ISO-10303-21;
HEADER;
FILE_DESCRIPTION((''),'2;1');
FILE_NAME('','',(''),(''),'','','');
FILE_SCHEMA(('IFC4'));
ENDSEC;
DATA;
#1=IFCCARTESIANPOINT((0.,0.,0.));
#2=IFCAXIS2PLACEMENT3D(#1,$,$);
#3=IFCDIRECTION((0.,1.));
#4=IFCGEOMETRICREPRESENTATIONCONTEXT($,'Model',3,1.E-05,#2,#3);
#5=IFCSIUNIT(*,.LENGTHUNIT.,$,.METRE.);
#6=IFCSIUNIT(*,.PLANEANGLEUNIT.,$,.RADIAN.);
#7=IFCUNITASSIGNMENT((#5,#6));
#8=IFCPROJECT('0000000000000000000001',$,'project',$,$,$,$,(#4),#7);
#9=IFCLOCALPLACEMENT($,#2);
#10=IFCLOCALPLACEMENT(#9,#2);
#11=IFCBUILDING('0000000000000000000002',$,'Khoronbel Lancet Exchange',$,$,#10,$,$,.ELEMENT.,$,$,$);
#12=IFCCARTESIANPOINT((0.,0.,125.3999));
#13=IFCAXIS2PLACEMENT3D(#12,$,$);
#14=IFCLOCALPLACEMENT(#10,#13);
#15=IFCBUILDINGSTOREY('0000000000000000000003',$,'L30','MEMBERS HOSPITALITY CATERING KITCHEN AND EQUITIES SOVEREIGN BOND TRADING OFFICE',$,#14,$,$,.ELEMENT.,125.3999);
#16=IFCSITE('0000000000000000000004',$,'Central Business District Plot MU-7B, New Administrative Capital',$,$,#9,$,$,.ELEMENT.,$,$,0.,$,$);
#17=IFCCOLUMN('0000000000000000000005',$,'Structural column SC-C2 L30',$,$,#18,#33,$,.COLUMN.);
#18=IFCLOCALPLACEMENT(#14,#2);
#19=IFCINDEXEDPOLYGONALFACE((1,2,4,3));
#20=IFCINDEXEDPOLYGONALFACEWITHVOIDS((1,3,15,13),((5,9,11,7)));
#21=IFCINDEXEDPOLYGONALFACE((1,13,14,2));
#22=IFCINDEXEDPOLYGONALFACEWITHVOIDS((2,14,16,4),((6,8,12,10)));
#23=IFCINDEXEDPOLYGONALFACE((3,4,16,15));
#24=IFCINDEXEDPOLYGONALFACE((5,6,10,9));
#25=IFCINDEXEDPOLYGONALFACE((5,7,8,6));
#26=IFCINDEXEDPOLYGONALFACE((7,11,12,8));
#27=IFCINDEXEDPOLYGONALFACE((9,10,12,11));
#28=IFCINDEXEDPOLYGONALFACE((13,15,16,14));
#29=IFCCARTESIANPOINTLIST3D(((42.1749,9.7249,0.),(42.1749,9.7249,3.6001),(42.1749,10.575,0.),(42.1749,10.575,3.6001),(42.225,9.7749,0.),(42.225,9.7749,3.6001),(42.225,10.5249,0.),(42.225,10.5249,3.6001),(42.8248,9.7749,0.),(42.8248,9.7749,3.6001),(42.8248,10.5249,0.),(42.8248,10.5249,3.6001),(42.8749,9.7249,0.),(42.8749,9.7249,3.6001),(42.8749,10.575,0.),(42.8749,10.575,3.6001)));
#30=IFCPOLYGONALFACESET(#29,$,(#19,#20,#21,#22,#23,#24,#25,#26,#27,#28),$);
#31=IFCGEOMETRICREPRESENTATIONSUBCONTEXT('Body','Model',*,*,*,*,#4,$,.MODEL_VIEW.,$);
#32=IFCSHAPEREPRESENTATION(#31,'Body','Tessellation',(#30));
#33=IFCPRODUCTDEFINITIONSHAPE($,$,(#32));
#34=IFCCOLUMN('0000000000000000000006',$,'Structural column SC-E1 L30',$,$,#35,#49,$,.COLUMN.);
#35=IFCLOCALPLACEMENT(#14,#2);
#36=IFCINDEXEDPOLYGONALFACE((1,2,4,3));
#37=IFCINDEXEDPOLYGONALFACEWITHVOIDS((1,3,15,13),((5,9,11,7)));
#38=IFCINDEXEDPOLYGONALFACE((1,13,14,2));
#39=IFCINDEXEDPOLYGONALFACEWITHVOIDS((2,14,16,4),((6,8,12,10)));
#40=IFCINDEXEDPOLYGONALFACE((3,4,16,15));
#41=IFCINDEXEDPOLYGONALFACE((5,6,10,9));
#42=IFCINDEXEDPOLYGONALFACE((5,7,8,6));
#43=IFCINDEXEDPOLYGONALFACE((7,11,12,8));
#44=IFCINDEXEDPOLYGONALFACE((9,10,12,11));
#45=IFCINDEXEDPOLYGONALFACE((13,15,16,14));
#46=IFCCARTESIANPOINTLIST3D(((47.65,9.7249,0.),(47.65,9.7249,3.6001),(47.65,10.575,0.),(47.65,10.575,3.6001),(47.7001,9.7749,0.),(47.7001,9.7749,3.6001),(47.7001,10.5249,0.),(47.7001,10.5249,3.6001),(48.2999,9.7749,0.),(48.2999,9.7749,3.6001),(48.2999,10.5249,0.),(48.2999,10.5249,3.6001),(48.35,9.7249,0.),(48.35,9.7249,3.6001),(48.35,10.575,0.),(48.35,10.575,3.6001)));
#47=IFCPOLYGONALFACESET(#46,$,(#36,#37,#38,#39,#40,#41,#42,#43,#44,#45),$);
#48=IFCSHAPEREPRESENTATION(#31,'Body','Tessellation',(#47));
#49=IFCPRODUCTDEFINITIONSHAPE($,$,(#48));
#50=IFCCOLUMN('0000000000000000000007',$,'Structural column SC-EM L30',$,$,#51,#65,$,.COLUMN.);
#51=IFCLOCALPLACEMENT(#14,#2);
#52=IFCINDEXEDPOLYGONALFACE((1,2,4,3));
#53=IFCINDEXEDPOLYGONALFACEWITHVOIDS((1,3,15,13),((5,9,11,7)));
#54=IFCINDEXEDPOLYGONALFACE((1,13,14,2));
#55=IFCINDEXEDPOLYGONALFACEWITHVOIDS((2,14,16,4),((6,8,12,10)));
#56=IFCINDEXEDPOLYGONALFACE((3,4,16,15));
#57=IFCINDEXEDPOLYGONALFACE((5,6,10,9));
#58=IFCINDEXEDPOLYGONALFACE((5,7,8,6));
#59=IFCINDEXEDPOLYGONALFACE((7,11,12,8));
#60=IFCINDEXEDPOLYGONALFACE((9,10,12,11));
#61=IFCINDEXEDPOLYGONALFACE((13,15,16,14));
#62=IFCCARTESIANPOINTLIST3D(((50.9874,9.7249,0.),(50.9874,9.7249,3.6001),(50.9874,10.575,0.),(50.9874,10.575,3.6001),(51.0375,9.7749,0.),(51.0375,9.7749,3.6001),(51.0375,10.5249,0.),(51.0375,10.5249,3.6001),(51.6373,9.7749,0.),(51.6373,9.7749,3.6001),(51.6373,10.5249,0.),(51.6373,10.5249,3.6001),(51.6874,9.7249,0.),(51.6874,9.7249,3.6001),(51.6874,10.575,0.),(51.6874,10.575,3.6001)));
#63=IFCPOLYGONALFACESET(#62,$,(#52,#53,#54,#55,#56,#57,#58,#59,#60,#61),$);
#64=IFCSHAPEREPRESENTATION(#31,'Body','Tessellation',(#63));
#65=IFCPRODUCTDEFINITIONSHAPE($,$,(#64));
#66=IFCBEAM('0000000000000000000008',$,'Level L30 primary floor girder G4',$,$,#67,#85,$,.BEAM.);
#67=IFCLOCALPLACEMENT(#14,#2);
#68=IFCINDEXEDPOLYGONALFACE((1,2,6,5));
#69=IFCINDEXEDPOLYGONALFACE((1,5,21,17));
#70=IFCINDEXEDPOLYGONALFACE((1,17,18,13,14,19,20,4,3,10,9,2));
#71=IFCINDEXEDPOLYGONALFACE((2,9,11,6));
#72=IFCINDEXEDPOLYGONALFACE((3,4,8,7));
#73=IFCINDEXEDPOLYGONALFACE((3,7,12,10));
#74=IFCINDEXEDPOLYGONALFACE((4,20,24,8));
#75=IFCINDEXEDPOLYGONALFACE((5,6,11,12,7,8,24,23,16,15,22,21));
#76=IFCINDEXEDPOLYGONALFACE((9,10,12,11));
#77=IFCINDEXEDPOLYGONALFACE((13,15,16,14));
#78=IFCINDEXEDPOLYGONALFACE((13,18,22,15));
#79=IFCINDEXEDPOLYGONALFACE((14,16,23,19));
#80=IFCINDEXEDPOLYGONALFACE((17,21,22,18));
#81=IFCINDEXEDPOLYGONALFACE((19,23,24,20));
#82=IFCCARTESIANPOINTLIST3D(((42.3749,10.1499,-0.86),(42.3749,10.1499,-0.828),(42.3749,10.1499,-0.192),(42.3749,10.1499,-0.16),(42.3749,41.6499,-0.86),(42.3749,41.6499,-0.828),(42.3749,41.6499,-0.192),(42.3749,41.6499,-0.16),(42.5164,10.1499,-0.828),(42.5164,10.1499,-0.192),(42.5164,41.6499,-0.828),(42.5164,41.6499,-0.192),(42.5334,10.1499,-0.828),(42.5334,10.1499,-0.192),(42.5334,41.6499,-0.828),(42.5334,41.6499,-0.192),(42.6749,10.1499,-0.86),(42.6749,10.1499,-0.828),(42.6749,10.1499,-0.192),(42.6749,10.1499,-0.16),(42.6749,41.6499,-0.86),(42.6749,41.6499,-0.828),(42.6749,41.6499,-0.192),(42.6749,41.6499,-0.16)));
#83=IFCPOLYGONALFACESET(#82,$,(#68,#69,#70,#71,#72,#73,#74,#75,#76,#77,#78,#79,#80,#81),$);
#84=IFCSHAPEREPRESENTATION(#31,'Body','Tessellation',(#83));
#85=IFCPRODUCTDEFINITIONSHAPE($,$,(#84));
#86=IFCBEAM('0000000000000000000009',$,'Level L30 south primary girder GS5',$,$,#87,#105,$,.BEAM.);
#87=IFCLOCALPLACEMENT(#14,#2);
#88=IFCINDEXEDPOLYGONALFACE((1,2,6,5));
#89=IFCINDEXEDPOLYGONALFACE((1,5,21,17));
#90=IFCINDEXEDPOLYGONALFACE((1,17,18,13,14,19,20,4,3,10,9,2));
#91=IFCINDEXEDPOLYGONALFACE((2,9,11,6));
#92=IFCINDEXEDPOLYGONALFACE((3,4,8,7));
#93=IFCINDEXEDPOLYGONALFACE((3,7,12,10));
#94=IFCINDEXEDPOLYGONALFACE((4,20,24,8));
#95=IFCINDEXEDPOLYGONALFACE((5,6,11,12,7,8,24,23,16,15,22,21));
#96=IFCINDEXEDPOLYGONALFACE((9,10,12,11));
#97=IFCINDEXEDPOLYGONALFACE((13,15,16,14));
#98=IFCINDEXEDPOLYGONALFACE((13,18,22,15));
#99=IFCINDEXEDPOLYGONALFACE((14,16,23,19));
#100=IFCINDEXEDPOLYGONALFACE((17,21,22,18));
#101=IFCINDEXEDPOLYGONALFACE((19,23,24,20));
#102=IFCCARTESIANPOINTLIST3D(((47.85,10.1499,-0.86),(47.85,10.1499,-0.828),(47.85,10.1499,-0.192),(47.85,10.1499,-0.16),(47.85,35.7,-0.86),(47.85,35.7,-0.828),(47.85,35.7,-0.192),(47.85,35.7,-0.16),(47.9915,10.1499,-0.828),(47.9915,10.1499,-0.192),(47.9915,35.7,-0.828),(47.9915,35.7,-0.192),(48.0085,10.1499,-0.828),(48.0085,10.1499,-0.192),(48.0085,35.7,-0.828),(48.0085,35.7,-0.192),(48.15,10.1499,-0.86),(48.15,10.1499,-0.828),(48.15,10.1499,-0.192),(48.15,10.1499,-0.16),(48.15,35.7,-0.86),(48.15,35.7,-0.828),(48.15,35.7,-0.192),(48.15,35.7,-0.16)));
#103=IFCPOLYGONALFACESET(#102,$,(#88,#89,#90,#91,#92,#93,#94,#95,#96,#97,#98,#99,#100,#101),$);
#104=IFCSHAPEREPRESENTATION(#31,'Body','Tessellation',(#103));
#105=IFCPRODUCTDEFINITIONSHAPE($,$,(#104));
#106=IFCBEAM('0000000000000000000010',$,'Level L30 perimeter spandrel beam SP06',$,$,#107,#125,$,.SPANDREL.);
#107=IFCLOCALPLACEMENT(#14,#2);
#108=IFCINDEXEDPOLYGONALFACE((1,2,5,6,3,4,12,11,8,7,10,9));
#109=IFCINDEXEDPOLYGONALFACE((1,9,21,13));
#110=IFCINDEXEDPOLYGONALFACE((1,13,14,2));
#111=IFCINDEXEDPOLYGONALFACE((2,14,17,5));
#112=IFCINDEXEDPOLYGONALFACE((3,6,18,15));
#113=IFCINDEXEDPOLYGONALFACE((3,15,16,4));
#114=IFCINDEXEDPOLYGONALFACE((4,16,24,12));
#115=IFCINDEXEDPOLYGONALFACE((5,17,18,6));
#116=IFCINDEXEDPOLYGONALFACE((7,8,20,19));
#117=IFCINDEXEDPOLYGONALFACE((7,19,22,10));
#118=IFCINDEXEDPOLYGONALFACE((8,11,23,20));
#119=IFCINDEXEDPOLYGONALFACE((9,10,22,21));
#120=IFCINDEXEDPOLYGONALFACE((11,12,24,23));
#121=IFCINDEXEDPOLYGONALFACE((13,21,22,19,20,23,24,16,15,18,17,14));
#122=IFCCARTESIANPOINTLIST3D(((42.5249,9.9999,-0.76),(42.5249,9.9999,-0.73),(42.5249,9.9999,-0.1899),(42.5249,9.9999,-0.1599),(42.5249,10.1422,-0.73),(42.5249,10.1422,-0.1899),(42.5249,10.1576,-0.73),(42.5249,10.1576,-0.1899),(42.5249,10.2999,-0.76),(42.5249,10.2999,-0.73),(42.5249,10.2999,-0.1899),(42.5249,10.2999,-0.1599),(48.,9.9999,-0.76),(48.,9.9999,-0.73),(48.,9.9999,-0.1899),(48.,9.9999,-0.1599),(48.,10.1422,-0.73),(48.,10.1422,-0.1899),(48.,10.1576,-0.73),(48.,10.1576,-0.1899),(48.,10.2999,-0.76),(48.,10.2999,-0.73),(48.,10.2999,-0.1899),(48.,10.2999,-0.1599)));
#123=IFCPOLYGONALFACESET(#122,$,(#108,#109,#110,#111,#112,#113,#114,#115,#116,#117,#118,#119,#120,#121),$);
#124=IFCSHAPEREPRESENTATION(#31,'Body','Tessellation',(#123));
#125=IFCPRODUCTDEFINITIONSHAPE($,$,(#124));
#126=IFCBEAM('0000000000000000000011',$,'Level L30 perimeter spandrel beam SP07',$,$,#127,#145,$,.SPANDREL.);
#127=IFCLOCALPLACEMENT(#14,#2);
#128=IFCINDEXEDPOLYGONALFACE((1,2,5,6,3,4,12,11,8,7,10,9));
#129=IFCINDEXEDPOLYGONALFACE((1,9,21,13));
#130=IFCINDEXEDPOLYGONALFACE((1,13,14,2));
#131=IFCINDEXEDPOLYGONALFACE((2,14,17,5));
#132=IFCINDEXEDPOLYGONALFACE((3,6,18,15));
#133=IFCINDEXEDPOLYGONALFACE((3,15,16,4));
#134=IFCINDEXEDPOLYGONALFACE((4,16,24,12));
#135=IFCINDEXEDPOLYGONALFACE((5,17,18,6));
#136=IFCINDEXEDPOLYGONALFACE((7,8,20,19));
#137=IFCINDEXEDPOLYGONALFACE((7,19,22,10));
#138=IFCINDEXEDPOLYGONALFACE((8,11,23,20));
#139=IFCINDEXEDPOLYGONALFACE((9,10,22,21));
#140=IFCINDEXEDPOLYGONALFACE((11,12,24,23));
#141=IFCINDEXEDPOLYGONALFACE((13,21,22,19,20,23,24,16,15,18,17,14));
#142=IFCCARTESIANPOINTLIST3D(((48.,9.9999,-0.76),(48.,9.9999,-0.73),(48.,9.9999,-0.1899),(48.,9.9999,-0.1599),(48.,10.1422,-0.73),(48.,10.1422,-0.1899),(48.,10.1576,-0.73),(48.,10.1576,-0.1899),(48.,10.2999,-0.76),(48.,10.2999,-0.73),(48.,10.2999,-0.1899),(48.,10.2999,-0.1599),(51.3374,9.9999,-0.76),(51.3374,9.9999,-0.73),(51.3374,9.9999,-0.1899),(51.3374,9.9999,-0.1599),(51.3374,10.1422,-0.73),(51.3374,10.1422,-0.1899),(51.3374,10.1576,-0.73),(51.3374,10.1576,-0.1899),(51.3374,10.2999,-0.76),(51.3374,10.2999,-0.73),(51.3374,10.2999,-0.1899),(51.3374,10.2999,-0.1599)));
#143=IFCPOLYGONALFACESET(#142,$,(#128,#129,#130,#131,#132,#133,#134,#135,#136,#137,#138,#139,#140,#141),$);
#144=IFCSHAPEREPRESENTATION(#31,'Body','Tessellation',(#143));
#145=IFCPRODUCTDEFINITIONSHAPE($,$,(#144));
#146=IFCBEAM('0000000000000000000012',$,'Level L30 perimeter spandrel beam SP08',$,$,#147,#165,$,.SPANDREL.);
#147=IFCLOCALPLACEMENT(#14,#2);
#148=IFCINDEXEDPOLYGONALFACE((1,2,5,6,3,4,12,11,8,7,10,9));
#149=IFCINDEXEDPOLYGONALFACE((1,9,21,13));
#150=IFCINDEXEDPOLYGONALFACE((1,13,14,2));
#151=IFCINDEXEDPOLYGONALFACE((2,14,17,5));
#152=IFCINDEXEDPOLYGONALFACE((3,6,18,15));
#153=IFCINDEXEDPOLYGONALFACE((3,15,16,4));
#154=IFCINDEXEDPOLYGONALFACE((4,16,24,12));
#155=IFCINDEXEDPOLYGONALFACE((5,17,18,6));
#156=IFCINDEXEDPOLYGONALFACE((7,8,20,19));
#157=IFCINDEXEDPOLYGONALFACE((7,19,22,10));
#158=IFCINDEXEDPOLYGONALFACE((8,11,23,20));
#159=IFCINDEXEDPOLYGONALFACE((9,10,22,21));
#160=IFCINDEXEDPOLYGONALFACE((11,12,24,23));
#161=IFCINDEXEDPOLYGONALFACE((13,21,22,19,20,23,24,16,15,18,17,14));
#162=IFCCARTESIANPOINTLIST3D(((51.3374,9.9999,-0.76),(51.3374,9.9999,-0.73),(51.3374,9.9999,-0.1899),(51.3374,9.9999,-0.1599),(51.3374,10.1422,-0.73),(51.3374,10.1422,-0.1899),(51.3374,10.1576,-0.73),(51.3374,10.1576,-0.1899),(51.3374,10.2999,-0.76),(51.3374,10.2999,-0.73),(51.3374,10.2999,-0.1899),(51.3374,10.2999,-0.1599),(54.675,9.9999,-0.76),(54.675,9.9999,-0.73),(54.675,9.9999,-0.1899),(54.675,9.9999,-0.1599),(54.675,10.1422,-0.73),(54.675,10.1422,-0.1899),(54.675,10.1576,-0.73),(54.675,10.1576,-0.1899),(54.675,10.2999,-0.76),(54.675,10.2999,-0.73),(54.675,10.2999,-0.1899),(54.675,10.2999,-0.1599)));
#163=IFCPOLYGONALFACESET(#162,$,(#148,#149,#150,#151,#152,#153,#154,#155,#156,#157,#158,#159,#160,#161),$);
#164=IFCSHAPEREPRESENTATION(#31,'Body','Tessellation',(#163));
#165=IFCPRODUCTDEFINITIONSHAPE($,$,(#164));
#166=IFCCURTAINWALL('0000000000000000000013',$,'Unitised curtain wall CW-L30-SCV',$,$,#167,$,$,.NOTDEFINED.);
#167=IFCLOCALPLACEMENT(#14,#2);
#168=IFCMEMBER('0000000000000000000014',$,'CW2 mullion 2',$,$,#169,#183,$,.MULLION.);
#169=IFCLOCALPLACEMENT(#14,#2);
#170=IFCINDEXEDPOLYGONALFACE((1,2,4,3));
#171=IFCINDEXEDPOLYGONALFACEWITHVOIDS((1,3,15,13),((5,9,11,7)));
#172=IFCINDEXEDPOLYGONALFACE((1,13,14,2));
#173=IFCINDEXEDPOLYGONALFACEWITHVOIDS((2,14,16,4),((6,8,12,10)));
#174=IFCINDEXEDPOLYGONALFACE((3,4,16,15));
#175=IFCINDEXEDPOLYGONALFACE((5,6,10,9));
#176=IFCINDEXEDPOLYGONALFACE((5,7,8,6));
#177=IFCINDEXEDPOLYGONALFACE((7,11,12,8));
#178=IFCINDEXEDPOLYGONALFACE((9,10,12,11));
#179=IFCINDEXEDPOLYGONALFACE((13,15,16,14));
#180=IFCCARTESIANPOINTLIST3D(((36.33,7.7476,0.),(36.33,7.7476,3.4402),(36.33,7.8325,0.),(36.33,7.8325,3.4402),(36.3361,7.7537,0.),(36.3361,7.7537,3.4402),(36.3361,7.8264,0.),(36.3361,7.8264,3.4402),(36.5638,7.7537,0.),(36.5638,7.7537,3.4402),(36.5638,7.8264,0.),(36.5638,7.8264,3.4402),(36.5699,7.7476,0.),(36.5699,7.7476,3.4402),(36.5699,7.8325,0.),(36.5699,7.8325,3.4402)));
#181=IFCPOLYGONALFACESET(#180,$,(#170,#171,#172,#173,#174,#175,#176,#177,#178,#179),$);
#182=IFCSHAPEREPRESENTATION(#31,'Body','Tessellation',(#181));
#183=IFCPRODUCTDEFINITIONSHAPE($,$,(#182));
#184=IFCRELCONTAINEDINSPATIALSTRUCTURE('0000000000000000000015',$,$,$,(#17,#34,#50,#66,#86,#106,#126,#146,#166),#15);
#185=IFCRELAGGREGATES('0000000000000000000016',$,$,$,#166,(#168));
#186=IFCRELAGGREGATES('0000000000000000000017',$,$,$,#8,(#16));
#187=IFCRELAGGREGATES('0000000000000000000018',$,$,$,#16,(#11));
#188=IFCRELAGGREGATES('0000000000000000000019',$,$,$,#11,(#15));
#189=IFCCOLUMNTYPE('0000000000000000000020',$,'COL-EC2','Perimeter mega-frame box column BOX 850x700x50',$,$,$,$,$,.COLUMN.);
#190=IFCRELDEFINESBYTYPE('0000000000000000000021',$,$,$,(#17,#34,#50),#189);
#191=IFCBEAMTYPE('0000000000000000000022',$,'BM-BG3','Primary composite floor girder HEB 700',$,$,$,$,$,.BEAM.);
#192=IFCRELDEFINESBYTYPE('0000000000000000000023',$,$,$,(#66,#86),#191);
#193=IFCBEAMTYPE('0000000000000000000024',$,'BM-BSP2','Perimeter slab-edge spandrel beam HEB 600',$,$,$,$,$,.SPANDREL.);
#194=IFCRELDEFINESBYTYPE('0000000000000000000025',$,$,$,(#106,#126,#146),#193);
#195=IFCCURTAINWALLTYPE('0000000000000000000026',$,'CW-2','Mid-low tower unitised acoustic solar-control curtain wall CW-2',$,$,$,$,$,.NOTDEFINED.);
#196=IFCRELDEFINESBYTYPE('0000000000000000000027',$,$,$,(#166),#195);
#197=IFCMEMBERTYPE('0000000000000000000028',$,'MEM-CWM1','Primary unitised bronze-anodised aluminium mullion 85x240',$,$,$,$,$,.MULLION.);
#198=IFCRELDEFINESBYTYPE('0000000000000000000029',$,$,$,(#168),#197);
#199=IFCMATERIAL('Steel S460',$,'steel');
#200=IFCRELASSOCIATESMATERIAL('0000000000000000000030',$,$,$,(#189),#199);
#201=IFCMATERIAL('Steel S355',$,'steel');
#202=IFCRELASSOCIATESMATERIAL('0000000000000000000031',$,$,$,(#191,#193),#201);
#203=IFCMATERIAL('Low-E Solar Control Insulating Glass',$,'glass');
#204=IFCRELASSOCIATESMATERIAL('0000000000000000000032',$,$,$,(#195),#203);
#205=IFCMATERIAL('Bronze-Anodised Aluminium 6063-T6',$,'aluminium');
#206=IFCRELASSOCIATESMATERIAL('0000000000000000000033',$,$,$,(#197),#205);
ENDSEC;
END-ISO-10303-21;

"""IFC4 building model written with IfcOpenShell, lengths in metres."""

from ifc_helpers import new_model, si_unit, direction, frame, origin, origin_2d, place, context, subcontext, project, spatial, hollow_rectangle, i_section, extrude, material, material_profile, profile_set, type_object, element, aggregate, save


model = new_model("IFC4")

# Units and contexts
model_context = context("Model", 3, precision=1e-05, world=origin(), true_north=direction((0.0, 1.0)))
body_context = subcontext(model_context, "Body", "Model", "MODEL_VIEW")
ifc_project = project(units=[si_unit("LENGTHUNIT", "METRE"), si_unit("PLANEANGLEUNIT", "RADIAN")], contexts=[model_context])

# Site, building, storey
site_placement = place(None, origin())
site = spatial("IfcSite", under=ifc_project, at=site_placement, Name="Central Business District Plot MU-7B, New Administrative Capital", CompositionType="ELEMENT", RefElevation=0.0)
building_placement = place(site_placement, origin())
building = spatial("IfcBuilding", under=site, at=building_placement, Name="Khoronbel Lancet Exchange", CompositionType="ELEMENT")
storey_placement = place(building_placement, frame((0.0, 0.0, 125.3999)))
storey = spatial("IfcBuildingStorey", under=building, at=storey_placement, Name="L30", Description="MEMBERS HOSPITALITY CATERING KITCHEN AND EQUITIES SOVEREIGN BOND TRADING OFFICE", CompositionType="ELEMENT", Elevation=125.3999)

# Columns
ifc_material_1 = material(Name="Steel S460", Category="steel")
ifc_material_profile_1 = material_profile(ifc_material_1, hollow_rectangle(XDim=0.7, YDim=0.8501, WallThickness=0.05, at=origin_2d()), Name="BOX 850x700x50")
ifc_profile_set_1 = profile_set([ifc_material_profile_1], Name="Steel S460")
column_type = type_object("IfcColumnType", Name="COL-EC2", Description="Perimeter mega-frame box column BOX 850x700x50", PredefinedType="COLUMN", material=ifc_profile_set_1)
for number, where, z_axis, x_axis, name in (
    (1, (42.5249, 10.1499, 0.0), (0.0, 0.0, 1.0), (1.0, 0.0, 0.0), "Structural column SC-C2 L30"),
    (2, (48.0, 10.1499, 0.0), (0.0, 0.0, 1.0), (1.0, 0.0, 0.0), "Structural column SC-E1 L30"),
    (3, (51.3374, 10.1499, 0.0), (0.0, 0.0, 1.0), (1.0, 0.0, 0.0), "Structural column SC-EM L30"),
):
    element("IfcColumn", number, at=place(storey_placement, frame(where, z_axis=z_axis, x_axis=x_axis)), inside=storey, type_object=column_type, Name=name, PredefinedType="COLUMN", context=body_context, shape_type="SweptSolid", body=[
        extrude(hollow_rectangle(XDim=0.7, YDim=0.8501, WallThickness=0.05, at=origin_2d()), origin(), (0.0, 0.0, 1.0), 3.6001),
    ])

# Beams
ifc_material_2 = material(Name="Steel S355", Category="steel")
ifc_material_profile_2 = material_profile(ifc_material_2, i_section(OverallWidth=0.3, OverallDepth=0.7, WebThickness=0.0171, FlangeThickness=0.032, at=origin_2d()), Name="HEB 700")
ifc_profile_set_2 = profile_set([ifc_material_profile_2], Name="Steel S355")
beam_type_1 = type_object("IfcBeamType", Name="BM-BG3", Description="Primary composite floor girder HEB 700", PredefinedType="BEAM", material=ifc_profile_set_2)
beam_1_placement = place(storey_placement, frame((42.5249, 10.1499, -0.51), z_axis=(0.0, 1.0, 0.0), x_axis=(-1.0, 0.0, 0.0)))
element("IfcBeam", 4, at=beam_1_placement, inside=storey, type_object=beam_type_1, Name="Level L30 primary floor girder G4", PredefinedType="BEAM", context=body_context, shape_type="SweptSolid", body=[
    extrude(i_section(OverallWidth=0.3, OverallDepth=0.7, WebThickness=0.0171, FlangeThickness=0.032, at=origin_2d()), origin(), (0.0, 0.0, 1.0), 31.5),
])
beam_2_placement = place(storey_placement, frame((48.0, 10.1499, -0.51), z_axis=(0.0, 1.0, 0.0), x_axis=(-1.0, 0.0, 0.0)))
element("IfcBeam", 5, at=beam_2_placement, inside=storey, type_object=beam_type_1, Name="Level L30 south primary girder GS5", PredefinedType="BEAM", context=body_context, shape_type="SweptSolid", body=[
    extrude(i_section(OverallWidth=0.3, OverallDepth=0.7, WebThickness=0.0171, FlangeThickness=0.032, at=origin_2d()), origin(), (0.0, 0.0, 1.0), 25.55),
])
ifc_material_profile_3 = material_profile(ifc_material_2, i_section(OverallWidth=0.3, OverallDepth=0.6001, WebThickness=0.0154, FlangeThickness=0.03, at=origin_2d()), Name="HEB 600")
ifc_profile_set_3 = profile_set([ifc_material_profile_3], Name="Steel S355")
beam_type_2 = type_object("IfcBeamType", Name="BM-BSP2", Description="Perimeter slab-edge spandrel beam HEB 600", PredefinedType="SPANDREL", material=ifc_profile_set_3)
beam_3_placement = place(storey_placement, frame((42.5249, 10.1499, -0.46), z_axis=(1.0, 0.0, 0.0), x_axis=(0.0, 1.0, 0.0)))
element("IfcBeam", 6, at=beam_3_placement, inside=storey, type_object=beam_type_2, Name="Level L30 perimeter spandrel beam SP06", PredefinedType="SPANDREL", context=body_context, shape_type="SweptSolid", body=[
    extrude(i_section(OverallWidth=0.3, OverallDepth=0.6001, WebThickness=0.0154, FlangeThickness=0.03, at=origin_2d()), origin(), (0.0, 0.0, 1.0), 5.4751),
])
beam_4_placement = place(storey_placement, frame((48.0, 10.1499, -0.46), z_axis=(1.0, 0.0, 0.0), x_axis=(0.0, 1.0, 0.0)))
element("IfcBeam", 7, at=beam_4_placement, inside=storey, type_object=beam_type_2, Name="Level L30 perimeter spandrel beam SP07", PredefinedType="SPANDREL", context=body_context, shape_type="SweptSolid", body=[
    extrude(i_section(OverallWidth=0.3, OverallDepth=0.6001, WebThickness=0.0154, FlangeThickness=0.03, at=origin_2d()), origin(), (0.0, 0.0, 1.0), 3.3374),
])
beam_5_placement = place(storey_placement, frame((51.3374, 10.1499, -0.46), z_axis=(1.0, 0.0, 0.0), x_axis=(0.0, 1.0, 0.0)))
element("IfcBeam", 8, at=beam_5_placement, inside=storey, type_object=beam_type_2, Name="Level L30 perimeter spandrel beam SP08", PredefinedType="SPANDREL", context=body_context, shape_type="SweptSolid", body=[
    extrude(i_section(OverallWidth=0.3, OverallDepth=0.6001, WebThickness=0.0154, FlangeThickness=0.03, at=origin_2d()), origin(), (0.0, 0.0, 1.0), 3.3376),
])

# Curtain wall, member
ifc_material_3 = material(Name="Low-E Solar Control Insulating Glass", Category="glass")
curtain_wall_type = type_object("IfcCurtainWallType", Name="CW-2", Description="Mid-low tower unitised acoustic solar-control curtain wall CW-2", PredefinedType="NOTDEFINED", material=ifc_material_3)
curtain_wall_1_placement = place(storey_placement, origin())
curtain_wall_1 = element("IfcCurtainWall", 9, at=curtain_wall_1_placement, inside=storey, type_object=curtain_wall_type, Name="Unitised curtain wall CW-L30-SCV", PredefinedType="NOTDEFINED")
ifc_material_4 = material(Name="Bronze-Anodised Aluminium 6063-T6", Category="aluminium")
ifc_material_profile_4 = material_profile(ifc_material_4, hollow_rectangle(XDim=0.085, YDim=0.24, WallThickness=0.0061, at=origin_2d()), Name="ALU MULLION 85x240")
ifc_profile_set_4 = profile_set([ifc_material_profile_4], Name="Bronze-Anodised Aluminium 6063-T6")
member_type_1 = type_object("IfcMemberType", Name="MEM-CWM1", Description="Primary unitised bronze-anodised aluminium mullion 85x240", PredefinedType="MULLION", material=ifc_profile_set_4)
member_1_placement = place(storey_placement, frame((36.45, 7.79, 0.0), z_axis=(0.0, 0.0, 1.0), x_axis=(0.0, 1.0, 0.0)))
member_1 = element("IfcMember", 10, at=member_1_placement, type_object=member_type_1, Name="CW2 mullion 2", PredefinedType="MULLION", context=body_context, shape_type="SweptSolid", body=[
    extrude(hollow_rectangle(XDim=0.085, YDim=0.24, WallThickness=0.0061, at=origin_2d()), origin(), (0.0, 0.0, 1.0), 3.4402),
])

aggregate(curtain_wall_1, [member_1])

save(model, "model.ifc")
